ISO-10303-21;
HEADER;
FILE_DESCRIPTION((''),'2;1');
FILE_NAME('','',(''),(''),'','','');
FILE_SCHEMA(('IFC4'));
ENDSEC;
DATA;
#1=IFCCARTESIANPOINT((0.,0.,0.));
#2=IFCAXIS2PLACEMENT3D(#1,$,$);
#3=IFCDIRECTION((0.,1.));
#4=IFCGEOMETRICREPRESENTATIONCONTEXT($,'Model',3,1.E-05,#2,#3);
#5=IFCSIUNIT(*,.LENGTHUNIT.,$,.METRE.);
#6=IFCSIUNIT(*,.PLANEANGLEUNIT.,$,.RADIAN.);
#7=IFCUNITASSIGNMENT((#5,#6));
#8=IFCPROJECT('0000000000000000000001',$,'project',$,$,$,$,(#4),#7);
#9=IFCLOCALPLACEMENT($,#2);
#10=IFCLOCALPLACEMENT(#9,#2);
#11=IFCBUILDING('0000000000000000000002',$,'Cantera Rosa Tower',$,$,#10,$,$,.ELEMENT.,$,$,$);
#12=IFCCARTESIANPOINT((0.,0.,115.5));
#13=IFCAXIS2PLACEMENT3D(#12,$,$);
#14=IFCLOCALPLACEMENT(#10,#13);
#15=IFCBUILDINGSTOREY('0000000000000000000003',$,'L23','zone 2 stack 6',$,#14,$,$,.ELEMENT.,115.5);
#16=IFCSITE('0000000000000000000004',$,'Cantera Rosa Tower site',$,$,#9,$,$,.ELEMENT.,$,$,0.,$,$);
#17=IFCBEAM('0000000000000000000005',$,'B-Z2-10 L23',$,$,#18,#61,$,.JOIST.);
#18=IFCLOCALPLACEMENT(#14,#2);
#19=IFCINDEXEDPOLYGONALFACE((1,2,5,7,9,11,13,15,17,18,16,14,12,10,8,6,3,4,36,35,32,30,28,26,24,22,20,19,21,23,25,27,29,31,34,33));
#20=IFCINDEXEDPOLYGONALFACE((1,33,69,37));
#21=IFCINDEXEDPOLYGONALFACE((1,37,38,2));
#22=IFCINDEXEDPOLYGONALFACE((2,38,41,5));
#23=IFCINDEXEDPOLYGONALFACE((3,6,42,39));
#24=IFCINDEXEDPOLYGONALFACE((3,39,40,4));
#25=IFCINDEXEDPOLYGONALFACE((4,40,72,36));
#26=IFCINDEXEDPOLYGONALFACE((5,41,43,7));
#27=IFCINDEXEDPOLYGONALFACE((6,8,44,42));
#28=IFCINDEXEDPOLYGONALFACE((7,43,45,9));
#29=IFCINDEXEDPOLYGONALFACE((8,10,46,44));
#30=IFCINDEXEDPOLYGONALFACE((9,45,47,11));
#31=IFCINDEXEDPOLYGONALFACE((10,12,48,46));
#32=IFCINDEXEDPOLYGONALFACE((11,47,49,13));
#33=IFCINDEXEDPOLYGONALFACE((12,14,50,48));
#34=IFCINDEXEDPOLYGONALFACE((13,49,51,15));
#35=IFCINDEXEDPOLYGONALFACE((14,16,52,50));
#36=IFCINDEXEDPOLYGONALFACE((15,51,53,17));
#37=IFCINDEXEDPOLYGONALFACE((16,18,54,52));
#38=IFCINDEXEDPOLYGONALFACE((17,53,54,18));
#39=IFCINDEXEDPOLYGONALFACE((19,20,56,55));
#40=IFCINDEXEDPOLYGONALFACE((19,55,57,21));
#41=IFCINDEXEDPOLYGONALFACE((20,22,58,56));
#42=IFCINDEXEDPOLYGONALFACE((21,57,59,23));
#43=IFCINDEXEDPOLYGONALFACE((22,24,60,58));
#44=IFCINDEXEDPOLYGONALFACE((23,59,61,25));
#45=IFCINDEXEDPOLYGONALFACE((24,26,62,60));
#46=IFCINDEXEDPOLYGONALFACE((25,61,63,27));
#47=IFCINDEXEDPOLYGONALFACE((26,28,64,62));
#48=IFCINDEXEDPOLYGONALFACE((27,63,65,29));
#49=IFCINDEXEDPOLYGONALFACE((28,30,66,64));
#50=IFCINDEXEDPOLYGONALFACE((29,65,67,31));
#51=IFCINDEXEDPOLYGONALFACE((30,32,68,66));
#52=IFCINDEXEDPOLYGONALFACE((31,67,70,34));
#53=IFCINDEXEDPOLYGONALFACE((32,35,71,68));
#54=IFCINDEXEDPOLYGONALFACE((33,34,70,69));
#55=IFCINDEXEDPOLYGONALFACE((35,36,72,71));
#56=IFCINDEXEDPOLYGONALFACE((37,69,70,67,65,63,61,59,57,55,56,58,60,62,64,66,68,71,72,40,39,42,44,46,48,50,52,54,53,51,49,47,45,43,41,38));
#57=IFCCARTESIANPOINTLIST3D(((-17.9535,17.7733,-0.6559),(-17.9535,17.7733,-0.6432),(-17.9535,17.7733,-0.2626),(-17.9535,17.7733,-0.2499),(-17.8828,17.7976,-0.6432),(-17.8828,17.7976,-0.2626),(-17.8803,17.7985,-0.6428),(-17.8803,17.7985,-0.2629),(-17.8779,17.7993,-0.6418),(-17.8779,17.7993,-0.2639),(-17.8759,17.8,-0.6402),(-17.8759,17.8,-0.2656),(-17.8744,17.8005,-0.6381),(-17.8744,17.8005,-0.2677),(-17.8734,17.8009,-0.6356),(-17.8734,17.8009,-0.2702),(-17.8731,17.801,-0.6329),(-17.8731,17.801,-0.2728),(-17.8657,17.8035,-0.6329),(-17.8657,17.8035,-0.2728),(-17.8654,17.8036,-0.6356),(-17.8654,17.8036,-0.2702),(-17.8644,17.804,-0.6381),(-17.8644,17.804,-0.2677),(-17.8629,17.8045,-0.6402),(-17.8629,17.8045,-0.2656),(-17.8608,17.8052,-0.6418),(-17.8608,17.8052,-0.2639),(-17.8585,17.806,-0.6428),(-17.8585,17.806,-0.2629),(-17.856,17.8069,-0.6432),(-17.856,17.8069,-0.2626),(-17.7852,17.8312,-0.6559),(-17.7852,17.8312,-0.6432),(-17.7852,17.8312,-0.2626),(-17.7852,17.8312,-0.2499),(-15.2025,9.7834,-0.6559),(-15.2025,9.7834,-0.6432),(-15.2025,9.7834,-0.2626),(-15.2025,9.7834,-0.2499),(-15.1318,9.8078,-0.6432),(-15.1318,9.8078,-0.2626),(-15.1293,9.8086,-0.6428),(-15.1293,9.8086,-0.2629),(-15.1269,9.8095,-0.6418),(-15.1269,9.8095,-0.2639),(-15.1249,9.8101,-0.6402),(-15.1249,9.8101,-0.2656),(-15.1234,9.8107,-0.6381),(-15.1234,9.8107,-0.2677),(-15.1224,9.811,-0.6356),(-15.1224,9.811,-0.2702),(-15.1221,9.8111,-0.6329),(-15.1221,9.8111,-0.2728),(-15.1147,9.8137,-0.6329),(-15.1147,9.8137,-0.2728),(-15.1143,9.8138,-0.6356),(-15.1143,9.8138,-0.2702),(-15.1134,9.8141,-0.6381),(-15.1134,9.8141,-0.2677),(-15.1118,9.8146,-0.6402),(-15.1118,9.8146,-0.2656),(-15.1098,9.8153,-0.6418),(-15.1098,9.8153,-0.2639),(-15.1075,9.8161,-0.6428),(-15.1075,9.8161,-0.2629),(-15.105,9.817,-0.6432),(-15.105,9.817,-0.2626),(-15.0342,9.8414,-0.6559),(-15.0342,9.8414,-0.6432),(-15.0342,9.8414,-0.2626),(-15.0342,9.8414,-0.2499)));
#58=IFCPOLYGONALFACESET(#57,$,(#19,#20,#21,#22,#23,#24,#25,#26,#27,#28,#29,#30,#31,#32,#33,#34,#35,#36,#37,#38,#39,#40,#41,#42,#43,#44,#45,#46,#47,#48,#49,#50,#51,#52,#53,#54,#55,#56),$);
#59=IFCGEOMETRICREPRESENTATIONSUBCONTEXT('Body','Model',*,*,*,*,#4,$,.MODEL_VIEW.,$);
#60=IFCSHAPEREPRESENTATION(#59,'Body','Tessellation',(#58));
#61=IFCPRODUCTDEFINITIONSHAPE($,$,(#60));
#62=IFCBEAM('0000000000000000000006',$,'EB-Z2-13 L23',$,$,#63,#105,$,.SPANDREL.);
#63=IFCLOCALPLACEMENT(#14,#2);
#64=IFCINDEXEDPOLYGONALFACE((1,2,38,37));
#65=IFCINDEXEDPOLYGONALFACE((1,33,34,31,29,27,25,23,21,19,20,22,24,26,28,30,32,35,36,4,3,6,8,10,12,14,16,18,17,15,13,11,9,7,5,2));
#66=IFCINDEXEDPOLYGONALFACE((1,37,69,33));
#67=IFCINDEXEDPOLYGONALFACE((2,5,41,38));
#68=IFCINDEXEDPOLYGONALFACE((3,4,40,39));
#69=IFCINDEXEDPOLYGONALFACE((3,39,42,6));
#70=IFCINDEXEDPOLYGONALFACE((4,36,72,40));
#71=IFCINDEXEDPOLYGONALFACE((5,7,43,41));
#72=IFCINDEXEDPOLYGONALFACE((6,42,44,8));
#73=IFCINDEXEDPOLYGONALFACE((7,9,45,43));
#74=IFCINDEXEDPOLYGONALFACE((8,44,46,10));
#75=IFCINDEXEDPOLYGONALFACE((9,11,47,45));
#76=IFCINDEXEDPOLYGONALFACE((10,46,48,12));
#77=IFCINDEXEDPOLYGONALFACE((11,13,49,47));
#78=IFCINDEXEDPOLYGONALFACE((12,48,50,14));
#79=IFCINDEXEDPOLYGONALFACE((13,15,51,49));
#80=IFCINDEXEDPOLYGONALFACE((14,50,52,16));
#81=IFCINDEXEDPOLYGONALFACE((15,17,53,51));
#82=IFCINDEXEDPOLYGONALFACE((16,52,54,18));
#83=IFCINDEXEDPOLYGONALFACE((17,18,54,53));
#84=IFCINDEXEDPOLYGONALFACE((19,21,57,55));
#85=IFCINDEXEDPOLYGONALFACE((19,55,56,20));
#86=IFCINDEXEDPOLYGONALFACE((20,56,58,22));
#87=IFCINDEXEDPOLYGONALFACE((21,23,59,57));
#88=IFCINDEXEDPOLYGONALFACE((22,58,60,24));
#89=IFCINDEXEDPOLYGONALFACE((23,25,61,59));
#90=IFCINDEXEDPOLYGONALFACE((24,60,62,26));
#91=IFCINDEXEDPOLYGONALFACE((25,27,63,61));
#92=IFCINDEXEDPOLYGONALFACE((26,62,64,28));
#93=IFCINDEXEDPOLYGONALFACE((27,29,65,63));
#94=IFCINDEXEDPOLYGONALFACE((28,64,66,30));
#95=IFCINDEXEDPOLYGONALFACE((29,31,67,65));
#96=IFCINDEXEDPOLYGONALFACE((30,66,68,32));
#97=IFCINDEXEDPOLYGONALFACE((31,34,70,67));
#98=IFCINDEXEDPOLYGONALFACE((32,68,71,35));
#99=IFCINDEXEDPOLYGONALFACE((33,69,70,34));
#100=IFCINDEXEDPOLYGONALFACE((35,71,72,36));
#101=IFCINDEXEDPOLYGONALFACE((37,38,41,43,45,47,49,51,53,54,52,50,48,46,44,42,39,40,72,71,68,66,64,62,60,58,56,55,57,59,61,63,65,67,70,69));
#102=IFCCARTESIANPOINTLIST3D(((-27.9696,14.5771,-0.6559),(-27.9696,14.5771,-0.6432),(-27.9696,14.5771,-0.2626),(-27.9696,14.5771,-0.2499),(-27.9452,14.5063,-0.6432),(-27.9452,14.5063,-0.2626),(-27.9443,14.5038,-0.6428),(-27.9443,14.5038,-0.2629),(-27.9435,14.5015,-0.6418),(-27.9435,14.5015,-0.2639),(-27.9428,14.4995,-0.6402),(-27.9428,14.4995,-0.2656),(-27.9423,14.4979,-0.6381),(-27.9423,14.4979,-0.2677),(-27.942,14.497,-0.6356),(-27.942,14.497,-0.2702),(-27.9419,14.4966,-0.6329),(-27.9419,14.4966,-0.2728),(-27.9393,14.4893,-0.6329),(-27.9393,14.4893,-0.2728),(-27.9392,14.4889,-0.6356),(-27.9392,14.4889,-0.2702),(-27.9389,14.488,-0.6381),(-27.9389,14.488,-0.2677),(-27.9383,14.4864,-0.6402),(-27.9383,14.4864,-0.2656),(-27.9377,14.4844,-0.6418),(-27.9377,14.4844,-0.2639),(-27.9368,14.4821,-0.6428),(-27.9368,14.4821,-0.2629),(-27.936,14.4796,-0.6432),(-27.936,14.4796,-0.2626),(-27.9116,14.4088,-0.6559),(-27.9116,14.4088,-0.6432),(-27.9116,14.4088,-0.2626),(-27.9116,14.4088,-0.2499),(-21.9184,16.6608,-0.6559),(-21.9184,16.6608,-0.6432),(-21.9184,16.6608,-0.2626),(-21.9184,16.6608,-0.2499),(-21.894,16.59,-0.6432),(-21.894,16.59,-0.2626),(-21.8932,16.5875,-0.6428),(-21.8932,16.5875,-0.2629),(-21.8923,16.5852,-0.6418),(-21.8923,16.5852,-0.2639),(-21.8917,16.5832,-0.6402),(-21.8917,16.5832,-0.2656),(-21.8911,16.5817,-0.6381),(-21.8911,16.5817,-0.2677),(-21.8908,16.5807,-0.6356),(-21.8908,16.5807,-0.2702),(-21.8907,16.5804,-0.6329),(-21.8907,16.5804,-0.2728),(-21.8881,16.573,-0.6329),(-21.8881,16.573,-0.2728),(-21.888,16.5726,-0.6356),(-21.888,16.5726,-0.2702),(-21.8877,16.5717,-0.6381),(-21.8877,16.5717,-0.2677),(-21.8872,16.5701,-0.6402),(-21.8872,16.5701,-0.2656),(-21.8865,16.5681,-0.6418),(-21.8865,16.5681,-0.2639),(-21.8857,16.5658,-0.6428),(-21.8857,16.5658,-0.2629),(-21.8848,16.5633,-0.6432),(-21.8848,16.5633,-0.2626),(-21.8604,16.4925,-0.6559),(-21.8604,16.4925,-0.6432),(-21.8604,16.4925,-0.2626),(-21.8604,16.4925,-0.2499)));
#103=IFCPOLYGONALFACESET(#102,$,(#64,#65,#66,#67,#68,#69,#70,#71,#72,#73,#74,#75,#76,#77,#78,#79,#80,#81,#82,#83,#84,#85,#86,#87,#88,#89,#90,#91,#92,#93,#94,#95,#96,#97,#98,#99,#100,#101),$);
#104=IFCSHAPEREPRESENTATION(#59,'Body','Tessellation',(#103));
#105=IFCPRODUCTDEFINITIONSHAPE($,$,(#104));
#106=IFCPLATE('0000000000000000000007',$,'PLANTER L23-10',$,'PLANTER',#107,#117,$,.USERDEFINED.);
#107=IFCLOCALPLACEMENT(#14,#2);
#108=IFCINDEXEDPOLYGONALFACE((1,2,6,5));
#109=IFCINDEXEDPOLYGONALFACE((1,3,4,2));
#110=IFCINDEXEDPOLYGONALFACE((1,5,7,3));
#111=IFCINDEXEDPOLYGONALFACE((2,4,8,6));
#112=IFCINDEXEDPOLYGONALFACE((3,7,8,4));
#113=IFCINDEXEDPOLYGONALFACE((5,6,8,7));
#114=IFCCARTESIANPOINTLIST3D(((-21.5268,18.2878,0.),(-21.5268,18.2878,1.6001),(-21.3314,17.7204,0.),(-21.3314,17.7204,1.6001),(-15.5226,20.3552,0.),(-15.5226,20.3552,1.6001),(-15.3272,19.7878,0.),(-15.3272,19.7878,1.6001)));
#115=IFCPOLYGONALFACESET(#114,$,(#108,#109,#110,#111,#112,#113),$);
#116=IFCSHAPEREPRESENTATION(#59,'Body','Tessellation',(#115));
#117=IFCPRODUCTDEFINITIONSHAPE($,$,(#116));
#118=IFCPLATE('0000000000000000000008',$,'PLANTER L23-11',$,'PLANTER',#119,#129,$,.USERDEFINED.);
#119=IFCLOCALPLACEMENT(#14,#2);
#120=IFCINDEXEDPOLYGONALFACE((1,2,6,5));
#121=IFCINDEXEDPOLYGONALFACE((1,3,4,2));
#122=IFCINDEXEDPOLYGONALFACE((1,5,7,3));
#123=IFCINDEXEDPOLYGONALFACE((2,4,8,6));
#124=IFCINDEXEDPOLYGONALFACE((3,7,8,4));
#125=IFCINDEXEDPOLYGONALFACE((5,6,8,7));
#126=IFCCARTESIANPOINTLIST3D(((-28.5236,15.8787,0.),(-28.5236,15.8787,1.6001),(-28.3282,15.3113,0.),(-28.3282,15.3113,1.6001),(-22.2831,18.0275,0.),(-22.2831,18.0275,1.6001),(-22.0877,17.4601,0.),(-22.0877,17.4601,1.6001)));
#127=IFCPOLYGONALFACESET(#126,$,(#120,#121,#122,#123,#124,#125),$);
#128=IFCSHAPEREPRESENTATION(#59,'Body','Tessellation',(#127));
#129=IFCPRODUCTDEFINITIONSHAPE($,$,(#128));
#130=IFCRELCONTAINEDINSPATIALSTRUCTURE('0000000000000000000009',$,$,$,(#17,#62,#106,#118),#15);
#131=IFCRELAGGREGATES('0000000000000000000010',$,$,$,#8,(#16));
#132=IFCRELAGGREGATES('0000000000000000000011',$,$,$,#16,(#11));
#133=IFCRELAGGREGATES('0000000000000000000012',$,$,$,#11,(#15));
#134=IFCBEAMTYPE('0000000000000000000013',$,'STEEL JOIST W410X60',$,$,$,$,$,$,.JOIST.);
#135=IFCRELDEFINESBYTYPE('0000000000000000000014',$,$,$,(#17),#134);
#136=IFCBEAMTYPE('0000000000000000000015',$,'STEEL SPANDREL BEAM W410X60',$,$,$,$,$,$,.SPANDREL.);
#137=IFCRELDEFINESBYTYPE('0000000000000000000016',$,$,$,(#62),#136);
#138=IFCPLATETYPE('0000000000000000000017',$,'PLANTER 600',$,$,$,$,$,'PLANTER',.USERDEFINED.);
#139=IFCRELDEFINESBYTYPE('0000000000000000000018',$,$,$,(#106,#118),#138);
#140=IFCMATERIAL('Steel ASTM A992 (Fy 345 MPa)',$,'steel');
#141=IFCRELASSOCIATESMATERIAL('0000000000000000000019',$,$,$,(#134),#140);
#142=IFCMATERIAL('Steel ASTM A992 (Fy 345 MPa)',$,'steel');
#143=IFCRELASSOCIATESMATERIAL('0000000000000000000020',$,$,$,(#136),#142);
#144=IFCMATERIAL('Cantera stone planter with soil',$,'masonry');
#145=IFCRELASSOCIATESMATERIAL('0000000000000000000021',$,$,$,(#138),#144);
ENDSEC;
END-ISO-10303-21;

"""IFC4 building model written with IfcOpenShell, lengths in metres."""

from ifc_helpers import new_model, si_unit, direction, frame, origin, origin_2d, place, context, subcontext, project, spatial, rectangle, i_section, extrude, material, material_profile, profile_set, type_object, element, save


model = new_model("IFC4")

# Units and contexts
model_context = context("Model", 3, precision=1e-05, world=origin(), true_north=direction((0.0, 1.0)))
body_context = subcontext(model_context, "Body", "Model", "MODEL_VIEW")
ifc_project = project(units=[si_unit("LENGTHUNIT", "METRE"), si_unit("PLANEANGLEUNIT", "RADIAN")], contexts=[model_context])

# Site, building, storey
site_placement = place(None, origin())
site = spatial("IfcSite", under=ifc_project, at=site_placement, Name="Cantera Rosa Tower site", CompositionType="ELEMENT", RefElevation=0.0)
building_placement = place(site_placement, origin())
building = spatial("IfcBuilding", under=site, at=building_placement, Name="Cantera Rosa Tower", CompositionType="ELEMENT")
storey_placement = place(building_placement, frame((0.0, 0.0, 115.5)))
storey = spatial("IfcBuildingStorey", under=building, at=storey_placement, Name="L23", Description="zone 2 stack 6", CompositionType="ELEMENT", Elevation=115.5)

# Beams
ifc_material_1 = material(Name="Steel ASTM A992 (Fy 345 MPa)", Category="steel")
ifc_material_profile_1 = material_profile(ifc_material_1, i_section(OverallWidth=0.178, OverallDepth=0.406, WebThickness=0.0078, FlangeThickness=0.0127, FilletRadius=0.0103, at=origin_2d()), Name="W410X60")
ifc_profile_set_1 = profile_set([ifc_material_profile_1], Name="Steel ASTM A992 (Fy 345 MPa)")
beam_type_1 = type_object("IfcBeamType", Name="STEEL JOIST W410X60", PredefinedType="JOIST", material=ifc_profile_set_1)
beam_1_placement = place(storey_placement, frame((-17.8694, 17.8022, -0.4529), z_axis=(0.325556, -0.945523, 0.0), x_axis=(0.945523, 0.325556, 0.0)))
element("IfcBeam", 1, at=beam_1_placement, inside=storey, type_object=beam_type_1, Name="B-Z2-10 L23", PredefinedType="JOIST", context=body_context, shape_type="SweptSolid", body=[
    extrude(i_section(OverallWidth=0.178, OverallDepth=0.406, WebThickness=0.0078, FlangeThickness=0.0127, FilletRadius=0.0103, at=origin_2d()), origin(), (0.0, 0.0, 1.0), 8.4502),
])
ifc_material_2 = material(Name="Steel ASTM A992 (Fy 345 MPa)", Category="steel")
ifc_material_profile_2 = material_profile(ifc_material_2, i_section(OverallWidth=0.178, OverallDepth=0.406, WebThickness=0.0078, FlangeThickness=0.0127, FilletRadius=0.0103, at=origin_2d()), Name="W410X60")
ifc_profile_set_2 = profile_set([ifc_material_profile_2], Name="Steel ASTM A992 (Fy 345 MPa)")
beam_type_2 = type_object("IfcBeamType", Name="STEEL SPANDREL BEAM W410X60", PredefinedType="SPANDREL", material=ifc_profile_set_2)
beam_2_placement = place(storey_placement, frame((-21.8894, 16.5767, -0.4529), z_axis=(-0.945513, -0.325585, 0.0), x_axis=(0.325585, -0.945513, 0.0)))
element("IfcBeam", 2, at=beam_2_placement, inside=storey, type_object=beam_type_2, Name="EB-Z2-13 L23", PredefinedType="SPANDREL", context=body_context, shape_type="SweptSolid", body=[
    extrude(i_section(OverallWidth=0.178, OverallDepth=0.406, WebThickness=0.0078, FlangeThickness=0.0127, FilletRadius=0.0103, at=origin_2d()), origin(), (0.0, 0.0, 1.0), 6.3999),
])

# Plates
ifc_material_3 = material(Name="Cantera stone planter with soil", Category="masonry")
plate_type = type_object("IfcPlateType", Name="PLANTER 600", ElementType="PLANTER", PredefinedType="USERDEFINED", material=ifc_material_3)
plate_1_placement = place(storey_placement, frame((-18.427, 19.0378, 0.0), z_axis=(0.0, 0.0, 1.0), x_axis=(-0.945519, -0.325568, 0.0)))
element("IfcPlate", 3, at=plate_1_placement, inside=storey, type_object=plate_type, Name="PLANTER L23-10", ObjectType="PLANTER", PredefinedType="USERDEFINED", context=body_context, shape_type="SweptSolid", body=[
    extrude(rectangle(XDim=6.3501, YDim=0.6001, at=origin_2d()), origin(), (0.0, 0.0, 1.0), 1.6001),
])
plate_2_placement = place(storey_placement, frame((-25.3057, 16.6694, 0.0), z_axis=(0.0, 0.0, 1.0), x_axis=(-0.945519, -0.325568, 0.0)))
element("IfcPlate", 4, at=plate_2_placement, inside=storey, type_object=plate_type, Name="PLANTER L23-11", ObjectType="PLANTER", PredefinedType="USERDEFINED", context=body_context, shape_type="SweptSolid", body=[
    extrude(rectangle(XDim=6.6001, YDim=0.6001, at=origin_2d()), origin(), (0.0, 0.0, 1.0), 1.6001),
])

save(model, "model.ifc")
